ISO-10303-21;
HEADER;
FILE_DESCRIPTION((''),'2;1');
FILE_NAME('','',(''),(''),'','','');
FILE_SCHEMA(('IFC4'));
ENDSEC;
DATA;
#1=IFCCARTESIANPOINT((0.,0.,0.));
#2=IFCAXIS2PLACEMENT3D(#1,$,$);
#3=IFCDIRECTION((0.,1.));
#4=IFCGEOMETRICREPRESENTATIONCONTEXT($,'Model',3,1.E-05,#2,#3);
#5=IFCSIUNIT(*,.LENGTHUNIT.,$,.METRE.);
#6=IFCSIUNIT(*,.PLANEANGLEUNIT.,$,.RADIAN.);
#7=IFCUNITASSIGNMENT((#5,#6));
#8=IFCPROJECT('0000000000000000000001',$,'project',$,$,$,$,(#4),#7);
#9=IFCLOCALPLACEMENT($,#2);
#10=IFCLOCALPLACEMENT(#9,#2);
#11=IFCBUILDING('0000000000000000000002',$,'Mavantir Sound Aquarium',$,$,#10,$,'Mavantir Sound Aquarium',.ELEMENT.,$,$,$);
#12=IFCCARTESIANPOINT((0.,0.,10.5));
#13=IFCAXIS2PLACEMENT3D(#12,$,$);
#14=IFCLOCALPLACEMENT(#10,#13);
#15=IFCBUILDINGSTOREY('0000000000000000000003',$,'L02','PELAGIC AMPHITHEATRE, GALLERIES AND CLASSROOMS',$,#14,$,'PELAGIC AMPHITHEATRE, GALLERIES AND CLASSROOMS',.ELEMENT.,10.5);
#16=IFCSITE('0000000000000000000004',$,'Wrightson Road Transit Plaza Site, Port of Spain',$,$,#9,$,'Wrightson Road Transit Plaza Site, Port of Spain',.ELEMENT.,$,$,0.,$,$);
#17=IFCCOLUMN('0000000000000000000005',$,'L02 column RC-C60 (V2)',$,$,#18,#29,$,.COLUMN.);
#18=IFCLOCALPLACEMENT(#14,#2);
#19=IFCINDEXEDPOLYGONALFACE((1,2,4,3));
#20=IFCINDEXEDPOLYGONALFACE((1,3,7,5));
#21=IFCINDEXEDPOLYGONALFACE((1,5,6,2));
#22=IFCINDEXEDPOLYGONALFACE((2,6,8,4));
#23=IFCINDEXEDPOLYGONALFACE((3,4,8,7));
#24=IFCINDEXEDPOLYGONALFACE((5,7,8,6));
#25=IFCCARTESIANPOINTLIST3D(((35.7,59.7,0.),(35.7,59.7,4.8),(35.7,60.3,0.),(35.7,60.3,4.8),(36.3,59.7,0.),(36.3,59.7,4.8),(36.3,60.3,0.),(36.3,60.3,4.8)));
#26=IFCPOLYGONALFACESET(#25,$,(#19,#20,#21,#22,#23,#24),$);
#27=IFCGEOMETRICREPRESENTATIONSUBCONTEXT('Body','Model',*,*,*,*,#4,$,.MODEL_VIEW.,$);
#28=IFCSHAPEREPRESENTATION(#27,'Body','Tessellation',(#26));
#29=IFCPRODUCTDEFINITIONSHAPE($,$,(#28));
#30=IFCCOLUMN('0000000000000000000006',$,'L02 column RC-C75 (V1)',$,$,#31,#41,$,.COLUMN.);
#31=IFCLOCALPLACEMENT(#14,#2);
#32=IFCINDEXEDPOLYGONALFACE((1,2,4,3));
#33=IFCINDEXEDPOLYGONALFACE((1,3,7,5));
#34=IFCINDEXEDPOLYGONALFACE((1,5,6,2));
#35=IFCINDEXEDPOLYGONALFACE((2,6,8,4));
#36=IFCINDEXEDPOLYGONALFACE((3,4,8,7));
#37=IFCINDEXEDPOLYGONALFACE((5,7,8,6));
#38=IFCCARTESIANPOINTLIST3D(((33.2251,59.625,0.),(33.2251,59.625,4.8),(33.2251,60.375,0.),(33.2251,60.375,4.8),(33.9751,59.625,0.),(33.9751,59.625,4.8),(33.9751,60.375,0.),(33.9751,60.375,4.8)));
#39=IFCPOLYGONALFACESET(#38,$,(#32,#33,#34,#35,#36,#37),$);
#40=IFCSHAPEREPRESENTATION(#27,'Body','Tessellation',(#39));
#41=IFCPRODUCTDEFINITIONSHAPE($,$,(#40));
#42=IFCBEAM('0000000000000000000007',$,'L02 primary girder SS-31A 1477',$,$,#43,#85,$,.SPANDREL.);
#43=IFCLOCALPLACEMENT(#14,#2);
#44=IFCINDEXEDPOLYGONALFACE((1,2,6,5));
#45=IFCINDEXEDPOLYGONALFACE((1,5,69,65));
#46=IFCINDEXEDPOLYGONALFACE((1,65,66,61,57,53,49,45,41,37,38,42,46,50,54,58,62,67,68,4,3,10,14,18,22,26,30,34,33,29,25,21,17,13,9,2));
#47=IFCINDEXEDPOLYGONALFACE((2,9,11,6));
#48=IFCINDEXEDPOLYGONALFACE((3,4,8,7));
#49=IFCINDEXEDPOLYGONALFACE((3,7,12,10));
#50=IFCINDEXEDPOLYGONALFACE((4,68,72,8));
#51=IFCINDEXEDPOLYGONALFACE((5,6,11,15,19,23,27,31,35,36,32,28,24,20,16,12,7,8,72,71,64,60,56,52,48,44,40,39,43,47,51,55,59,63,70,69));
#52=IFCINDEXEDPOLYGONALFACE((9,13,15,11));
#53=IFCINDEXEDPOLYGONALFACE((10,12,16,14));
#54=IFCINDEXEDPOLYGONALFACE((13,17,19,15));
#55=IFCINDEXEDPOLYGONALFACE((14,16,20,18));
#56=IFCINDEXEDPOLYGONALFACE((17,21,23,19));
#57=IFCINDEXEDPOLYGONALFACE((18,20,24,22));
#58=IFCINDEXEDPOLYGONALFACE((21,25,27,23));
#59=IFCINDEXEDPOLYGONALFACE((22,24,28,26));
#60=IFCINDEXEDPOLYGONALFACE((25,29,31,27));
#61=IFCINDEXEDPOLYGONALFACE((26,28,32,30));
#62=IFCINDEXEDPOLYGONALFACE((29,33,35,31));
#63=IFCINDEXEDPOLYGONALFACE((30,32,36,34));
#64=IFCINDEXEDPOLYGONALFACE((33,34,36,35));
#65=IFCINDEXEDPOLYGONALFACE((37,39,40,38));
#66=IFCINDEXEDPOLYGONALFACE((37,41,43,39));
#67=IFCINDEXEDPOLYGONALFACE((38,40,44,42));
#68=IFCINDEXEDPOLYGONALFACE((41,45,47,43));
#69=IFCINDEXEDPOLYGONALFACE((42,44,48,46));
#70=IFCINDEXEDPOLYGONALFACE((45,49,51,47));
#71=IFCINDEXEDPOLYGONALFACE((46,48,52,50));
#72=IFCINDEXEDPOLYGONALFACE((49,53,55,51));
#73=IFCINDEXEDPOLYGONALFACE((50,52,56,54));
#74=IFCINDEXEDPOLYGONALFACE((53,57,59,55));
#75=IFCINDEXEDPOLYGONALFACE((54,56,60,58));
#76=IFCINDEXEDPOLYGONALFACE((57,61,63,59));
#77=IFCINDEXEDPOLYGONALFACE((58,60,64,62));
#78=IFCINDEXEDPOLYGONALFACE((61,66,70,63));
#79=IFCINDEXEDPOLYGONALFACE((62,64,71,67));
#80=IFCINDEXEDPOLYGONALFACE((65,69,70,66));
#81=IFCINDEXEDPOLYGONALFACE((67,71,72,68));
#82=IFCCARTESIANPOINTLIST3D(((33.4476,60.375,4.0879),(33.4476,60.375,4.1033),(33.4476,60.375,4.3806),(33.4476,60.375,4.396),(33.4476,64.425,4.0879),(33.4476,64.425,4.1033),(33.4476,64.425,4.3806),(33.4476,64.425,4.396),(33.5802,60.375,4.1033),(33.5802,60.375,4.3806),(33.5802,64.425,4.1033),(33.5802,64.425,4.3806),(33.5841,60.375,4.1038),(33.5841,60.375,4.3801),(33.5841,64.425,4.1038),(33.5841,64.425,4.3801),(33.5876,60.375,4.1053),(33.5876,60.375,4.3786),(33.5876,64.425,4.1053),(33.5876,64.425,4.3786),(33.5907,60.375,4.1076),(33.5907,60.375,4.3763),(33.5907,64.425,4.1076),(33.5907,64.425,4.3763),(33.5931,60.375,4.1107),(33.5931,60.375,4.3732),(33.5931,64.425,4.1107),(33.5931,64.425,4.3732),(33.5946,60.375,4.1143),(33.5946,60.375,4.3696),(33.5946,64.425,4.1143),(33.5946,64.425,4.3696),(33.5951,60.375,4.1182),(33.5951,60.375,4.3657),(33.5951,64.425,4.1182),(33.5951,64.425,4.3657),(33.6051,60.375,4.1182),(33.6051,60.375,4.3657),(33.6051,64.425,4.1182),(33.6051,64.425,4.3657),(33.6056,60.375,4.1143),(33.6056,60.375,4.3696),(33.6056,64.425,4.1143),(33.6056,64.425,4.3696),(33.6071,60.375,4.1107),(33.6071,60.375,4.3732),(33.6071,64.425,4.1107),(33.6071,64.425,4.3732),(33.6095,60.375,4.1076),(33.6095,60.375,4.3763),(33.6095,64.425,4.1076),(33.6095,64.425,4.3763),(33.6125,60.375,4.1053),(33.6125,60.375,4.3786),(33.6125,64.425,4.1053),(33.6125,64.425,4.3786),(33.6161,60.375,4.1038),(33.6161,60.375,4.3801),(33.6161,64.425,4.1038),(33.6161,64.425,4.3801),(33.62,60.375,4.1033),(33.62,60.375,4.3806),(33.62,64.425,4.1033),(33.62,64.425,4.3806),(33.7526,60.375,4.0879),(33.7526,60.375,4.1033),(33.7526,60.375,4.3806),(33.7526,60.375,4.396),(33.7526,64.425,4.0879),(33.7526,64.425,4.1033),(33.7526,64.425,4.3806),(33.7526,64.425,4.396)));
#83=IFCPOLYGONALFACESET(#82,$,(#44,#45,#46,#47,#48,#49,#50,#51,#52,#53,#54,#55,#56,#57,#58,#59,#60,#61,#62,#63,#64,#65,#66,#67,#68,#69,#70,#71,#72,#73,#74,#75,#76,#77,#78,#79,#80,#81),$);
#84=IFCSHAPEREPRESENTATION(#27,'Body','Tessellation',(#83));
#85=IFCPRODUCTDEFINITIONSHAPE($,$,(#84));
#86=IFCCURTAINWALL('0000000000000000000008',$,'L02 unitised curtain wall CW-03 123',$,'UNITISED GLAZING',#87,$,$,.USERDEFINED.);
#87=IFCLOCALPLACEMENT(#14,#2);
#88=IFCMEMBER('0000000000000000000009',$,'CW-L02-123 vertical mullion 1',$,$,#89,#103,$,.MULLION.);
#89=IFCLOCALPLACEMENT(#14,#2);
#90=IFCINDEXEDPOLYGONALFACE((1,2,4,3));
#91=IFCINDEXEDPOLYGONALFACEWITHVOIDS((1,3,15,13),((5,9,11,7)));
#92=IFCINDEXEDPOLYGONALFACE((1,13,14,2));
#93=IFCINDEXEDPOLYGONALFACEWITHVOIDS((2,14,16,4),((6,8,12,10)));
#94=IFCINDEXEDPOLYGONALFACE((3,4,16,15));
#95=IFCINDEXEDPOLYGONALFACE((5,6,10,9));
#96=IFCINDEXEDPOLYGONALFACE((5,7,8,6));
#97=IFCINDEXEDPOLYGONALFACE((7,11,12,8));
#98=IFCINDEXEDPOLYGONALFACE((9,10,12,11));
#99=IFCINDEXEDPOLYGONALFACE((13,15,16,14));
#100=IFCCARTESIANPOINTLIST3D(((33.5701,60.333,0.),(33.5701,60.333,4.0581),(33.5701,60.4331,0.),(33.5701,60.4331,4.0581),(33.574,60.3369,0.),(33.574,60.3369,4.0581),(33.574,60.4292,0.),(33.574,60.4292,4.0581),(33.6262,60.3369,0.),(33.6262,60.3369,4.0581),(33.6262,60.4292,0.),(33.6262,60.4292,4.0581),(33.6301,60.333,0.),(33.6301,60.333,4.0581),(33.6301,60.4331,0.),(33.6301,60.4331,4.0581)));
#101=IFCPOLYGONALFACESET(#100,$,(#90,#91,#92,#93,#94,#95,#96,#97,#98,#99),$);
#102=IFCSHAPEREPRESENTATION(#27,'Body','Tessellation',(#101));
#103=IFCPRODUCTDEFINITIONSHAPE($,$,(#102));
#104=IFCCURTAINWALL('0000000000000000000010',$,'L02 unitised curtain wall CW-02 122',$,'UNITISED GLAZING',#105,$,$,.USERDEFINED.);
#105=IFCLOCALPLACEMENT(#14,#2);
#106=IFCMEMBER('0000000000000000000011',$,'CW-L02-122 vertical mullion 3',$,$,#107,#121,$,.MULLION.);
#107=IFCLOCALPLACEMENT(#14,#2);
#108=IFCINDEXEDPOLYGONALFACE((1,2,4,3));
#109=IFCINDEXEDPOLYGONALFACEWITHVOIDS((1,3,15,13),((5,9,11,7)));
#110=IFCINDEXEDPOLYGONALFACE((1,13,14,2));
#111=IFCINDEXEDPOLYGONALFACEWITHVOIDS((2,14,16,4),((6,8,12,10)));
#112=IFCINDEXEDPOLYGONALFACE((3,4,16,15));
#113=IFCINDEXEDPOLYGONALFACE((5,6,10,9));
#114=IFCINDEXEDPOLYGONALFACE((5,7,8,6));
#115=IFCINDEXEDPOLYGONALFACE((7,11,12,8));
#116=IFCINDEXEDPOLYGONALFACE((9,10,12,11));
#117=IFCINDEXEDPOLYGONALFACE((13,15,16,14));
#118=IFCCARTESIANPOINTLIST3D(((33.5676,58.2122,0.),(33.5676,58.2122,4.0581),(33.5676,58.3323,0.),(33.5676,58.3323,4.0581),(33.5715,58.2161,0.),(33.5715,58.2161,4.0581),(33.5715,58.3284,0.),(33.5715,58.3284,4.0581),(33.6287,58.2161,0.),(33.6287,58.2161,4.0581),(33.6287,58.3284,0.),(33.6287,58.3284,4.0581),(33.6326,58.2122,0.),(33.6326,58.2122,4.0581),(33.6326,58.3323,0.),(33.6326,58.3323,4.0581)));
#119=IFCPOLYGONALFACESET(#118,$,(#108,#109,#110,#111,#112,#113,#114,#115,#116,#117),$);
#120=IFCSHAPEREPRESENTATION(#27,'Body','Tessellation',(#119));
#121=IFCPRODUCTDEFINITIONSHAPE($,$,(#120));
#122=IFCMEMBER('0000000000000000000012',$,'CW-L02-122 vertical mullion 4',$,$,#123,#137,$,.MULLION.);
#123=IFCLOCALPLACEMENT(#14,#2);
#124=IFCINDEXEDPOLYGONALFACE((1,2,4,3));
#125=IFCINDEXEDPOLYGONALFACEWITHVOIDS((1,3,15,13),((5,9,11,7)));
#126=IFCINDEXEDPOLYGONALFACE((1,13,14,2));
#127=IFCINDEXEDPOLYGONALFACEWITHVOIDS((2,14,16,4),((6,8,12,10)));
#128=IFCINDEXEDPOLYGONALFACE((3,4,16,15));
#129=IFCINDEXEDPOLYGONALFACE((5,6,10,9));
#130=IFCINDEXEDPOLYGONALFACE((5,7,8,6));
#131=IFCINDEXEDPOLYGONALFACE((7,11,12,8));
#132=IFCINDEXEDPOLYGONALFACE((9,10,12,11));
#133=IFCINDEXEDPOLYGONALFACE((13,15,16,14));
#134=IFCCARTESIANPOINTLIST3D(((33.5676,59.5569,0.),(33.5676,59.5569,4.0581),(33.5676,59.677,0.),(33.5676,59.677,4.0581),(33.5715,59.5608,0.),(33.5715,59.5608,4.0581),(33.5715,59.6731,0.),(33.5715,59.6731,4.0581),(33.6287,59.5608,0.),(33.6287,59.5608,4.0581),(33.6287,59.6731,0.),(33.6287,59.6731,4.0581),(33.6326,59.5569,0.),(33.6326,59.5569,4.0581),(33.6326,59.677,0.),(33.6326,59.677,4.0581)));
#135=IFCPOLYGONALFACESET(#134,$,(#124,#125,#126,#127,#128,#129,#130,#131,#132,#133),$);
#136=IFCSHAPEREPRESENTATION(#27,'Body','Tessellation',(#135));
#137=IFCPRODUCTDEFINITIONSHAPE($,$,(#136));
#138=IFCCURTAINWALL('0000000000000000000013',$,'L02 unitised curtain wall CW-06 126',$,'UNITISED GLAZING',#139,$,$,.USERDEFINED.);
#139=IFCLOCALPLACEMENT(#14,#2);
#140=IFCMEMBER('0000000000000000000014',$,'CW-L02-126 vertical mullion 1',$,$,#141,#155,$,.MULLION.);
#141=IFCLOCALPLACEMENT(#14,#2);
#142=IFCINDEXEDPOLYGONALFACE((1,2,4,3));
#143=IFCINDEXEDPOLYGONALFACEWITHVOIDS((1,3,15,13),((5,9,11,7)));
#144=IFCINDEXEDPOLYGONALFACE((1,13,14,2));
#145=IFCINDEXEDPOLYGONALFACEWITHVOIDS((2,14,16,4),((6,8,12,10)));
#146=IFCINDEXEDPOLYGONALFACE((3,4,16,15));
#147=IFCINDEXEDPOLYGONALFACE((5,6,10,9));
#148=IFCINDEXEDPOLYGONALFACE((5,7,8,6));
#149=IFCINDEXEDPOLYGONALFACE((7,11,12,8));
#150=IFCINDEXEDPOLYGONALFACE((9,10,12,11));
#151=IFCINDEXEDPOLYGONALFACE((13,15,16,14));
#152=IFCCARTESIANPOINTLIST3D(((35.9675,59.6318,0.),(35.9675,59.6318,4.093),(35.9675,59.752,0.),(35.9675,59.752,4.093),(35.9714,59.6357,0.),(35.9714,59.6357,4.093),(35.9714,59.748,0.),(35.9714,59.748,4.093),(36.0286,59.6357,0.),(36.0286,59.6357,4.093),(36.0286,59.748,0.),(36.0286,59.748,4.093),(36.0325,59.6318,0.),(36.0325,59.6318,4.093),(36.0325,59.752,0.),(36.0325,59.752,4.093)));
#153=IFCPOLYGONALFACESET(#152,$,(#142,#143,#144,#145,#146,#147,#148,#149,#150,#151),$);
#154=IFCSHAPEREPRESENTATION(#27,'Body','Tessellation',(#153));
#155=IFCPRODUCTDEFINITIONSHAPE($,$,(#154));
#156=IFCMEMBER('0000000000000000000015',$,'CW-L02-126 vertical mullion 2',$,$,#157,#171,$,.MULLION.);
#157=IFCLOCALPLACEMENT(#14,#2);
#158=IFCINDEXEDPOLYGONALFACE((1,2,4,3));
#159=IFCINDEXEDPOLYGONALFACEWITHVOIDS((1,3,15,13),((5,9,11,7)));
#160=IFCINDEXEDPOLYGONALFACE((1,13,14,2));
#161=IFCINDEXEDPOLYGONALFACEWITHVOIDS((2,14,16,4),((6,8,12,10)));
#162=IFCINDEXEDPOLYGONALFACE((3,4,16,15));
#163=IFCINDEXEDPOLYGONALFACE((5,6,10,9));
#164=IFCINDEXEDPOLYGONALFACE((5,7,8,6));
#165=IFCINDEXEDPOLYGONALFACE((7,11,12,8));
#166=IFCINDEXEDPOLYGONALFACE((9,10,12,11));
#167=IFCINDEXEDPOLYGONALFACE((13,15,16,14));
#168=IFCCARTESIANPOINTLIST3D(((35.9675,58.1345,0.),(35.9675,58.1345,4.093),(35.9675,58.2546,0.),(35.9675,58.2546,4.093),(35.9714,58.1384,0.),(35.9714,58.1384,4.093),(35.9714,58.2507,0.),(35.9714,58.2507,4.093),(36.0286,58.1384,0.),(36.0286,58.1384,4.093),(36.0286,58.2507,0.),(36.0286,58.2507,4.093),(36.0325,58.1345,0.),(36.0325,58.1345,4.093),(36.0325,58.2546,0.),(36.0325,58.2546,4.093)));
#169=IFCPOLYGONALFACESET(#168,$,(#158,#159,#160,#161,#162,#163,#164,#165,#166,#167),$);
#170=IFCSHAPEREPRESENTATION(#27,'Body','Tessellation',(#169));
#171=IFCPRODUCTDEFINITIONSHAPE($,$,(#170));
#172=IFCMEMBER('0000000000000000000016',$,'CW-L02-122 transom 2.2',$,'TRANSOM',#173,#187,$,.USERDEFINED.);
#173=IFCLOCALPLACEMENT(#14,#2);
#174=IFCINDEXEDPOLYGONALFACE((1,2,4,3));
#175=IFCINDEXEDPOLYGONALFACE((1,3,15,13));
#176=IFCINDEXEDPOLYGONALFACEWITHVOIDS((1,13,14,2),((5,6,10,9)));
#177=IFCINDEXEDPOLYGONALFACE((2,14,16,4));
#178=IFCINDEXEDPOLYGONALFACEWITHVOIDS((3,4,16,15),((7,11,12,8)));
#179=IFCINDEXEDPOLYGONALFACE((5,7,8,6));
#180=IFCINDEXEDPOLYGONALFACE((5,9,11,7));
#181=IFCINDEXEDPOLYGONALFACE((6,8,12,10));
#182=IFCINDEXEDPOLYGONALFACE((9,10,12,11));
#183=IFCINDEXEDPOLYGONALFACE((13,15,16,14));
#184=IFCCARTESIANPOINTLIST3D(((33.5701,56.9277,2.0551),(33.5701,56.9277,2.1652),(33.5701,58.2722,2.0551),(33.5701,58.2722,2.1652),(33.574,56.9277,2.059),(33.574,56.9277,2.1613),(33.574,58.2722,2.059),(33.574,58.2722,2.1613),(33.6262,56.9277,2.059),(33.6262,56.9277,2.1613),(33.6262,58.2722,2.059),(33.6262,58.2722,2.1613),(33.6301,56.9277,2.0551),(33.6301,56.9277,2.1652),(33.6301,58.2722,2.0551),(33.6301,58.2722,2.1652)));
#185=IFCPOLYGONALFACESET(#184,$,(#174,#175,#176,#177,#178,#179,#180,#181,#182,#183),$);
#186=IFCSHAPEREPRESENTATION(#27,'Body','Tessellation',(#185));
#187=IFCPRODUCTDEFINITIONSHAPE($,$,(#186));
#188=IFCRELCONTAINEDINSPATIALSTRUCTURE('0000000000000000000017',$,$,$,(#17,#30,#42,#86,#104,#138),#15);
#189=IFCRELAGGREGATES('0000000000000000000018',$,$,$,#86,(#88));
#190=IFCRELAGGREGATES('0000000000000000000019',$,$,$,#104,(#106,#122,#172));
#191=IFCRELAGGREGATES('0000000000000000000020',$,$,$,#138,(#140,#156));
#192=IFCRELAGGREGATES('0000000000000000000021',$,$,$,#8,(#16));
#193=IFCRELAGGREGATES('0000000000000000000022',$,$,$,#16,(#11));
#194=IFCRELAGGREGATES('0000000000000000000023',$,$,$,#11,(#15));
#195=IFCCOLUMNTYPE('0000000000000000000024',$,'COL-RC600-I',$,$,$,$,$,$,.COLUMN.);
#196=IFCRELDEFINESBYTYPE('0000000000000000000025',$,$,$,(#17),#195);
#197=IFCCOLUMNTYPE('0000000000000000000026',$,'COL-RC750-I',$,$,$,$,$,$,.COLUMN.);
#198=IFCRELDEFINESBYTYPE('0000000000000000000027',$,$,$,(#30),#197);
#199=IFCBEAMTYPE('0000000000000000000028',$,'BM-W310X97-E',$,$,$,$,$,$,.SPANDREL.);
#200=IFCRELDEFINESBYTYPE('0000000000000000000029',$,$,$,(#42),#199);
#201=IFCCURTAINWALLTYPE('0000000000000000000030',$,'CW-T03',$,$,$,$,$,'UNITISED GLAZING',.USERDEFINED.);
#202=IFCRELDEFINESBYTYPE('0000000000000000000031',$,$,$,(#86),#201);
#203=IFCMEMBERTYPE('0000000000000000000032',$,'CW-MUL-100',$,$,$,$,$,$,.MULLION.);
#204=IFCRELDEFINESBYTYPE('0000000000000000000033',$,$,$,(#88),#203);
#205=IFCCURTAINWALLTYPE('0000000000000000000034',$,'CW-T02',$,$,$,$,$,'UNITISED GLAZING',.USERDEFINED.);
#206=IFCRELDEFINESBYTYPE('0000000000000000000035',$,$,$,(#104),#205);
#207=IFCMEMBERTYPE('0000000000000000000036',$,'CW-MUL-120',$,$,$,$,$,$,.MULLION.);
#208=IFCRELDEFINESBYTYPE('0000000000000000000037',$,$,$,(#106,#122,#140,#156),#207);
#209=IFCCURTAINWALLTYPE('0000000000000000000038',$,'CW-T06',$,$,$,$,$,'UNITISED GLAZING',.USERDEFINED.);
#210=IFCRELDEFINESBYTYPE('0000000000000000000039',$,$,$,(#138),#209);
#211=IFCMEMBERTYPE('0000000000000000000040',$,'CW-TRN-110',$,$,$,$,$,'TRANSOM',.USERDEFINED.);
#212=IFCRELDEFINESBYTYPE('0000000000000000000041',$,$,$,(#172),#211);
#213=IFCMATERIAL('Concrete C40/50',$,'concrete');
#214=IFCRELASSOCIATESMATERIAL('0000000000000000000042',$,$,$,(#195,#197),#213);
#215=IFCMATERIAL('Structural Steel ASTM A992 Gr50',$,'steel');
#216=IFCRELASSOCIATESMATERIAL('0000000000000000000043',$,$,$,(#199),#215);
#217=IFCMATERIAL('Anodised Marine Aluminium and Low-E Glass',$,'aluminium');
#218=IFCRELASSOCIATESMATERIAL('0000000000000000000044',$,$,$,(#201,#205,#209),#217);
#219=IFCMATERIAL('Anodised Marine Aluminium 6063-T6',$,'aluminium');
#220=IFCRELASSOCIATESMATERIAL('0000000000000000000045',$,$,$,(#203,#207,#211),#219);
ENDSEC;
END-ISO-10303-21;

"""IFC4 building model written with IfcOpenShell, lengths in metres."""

from ifc_helpers import new_model, si_unit, direction, frame, origin, origin_2d, place, context, subcontext, project, spatial, rectangle, hollow_rectangle, i_section, extrude, material, material_profile, profile_set, type_object, element, aggregate, save


model = new_model("IFC4")

# Units and contexts
model_context = context("Model", 3, precision=1e-05, world=origin(), true_north=direction((0.0, 1.0)))
body_context = subcontext(model_context, "Body", "Model", "MODEL_VIEW")
ifc_project = project(units=[si_unit("LENGTHUNIT", "METRE"), si_unit("PLANEANGLEUNIT", "RADIAN")], contexts=[model_context])

# Site, building, storey
site_placement = place(None, origin())
site = spatial("IfcSite", under=ifc_project, at=site_placement, Name="Wrightson Road Transit Plaza Site, Port of Spain", LongName="Wrightson Road Transit Plaza Site, Port of Spain", CompositionType="ELEMENT", RefElevation=0.0)
building_placement = place(site_placement, origin())
building = spatial("IfcBuilding", under=site, at=building_placement, Name="Mavantir Sound Aquarium", LongName="Mavantir Sound Aquarium", CompositionType="ELEMENT")
storey_placement = place(building_placement, frame((0.0, 0.0, 10.5)))
storey = spatial("IfcBuildingStorey", under=building, at=storey_placement, Name="L02", Description="PELAGIC AMPHITHEATRE, GALLERIES AND CLASSROOMS", LongName="PELAGIC AMPHITHEATRE, GALLERIES AND CLASSROOMS", CompositionType="ELEMENT", Elevation=10.5)

# Columns
ifc_material_1 = material(Name="Concrete C40/50", Category="concrete")
ifc_material_profile_1 = material_profile(ifc_material_1, rectangle(XDim=0.6001, YDim=0.6001, at=origin_2d()), Name="RC 600X600")
ifc_profile_set_1 = profile_set([ifc_material_profile_1], Name="Concrete C40/50")
column_type_1 = type_object("IfcColumnType", Name="COL-RC600-I", PredefinedType="COLUMN", material=ifc_profile_set_1)
column_1_placement = place(storey_placement, frame((36.0, 60.0, 0.0), z_axis=(0.0, 0.0, 1.0), x_axis=(1.0, 0.0, 0.0)))
element("IfcColumn", 1, at=column_1_placement, inside=storey, type_object=column_type_1, Name="L02 column RC-C60 (V2)", PredefinedType="COLUMN", context=body_context, shape_type="SweptSolid", body=[
    extrude(rectangle(XDim=0.6001, YDim=0.6001, at=origin_2d()), origin(), (0.0, 0.0, 1.0), 4.8),
])
ifc_material_profile_2 = material_profile(ifc_material_1, rectangle(XDim=0.75, YDim=0.75, at=origin_2d()), Name="RC 750X750")
ifc_profile_set_2 = profile_set([ifc_material_profile_2], Name="Concrete C40/50")
column_type_2 = type_object("IfcColumnType", Name="COL-RC750-I", PredefinedType="COLUMN", material=ifc_profile_set_2)
column_2_placement = place(storey_placement, frame((33.6001, 60.0, 0.0), z_axis=(0.0, 0.0, 1.0), x_axis=(1.0, 0.0, 0.0)))
element("IfcColumn", 2, at=column_2_placement, inside=storey, type_object=column_type_2, Name="L02 column RC-C75 (V1)", PredefinedType="COLUMN", context=body_context, shape_type="SweptSolid", body=[
    extrude(rectangle(XDim=0.75, YDim=0.75, at=origin_2d()), origin(), (0.0, 0.0, 1.0), 4.8),
])

# Beam
ifc_material_2 = material(Name="Structural Steel ASTM A992 Gr50", Category="steel")
ifc_material_profile_3 = material_profile(ifc_material_2, i_section(OverallWidth=0.3049, OverallDepth=0.3081, WebThickness=0.01, FlangeThickness=0.0154, FilletRadius=0.0149, at=origin_2d()), Name="W310X97")
ifc_profile_set_3 = profile_set([ifc_material_profile_3], Name="Structural Steel ASTM A992 Gr50")
beam_type = type_object("IfcBeamType", Name="BM-W310X97-E", PredefinedType="SPANDREL", material=ifc_profile_set_3)
beam_placement = place(storey_placement, frame((33.6001, 60.375, 4.2419), z_axis=(0.0, 1.0, 0.0), x_axis=(-1.0, 0.0, 0.0)))
element("IfcBeam", 3, at=beam_placement, inside=storey, type_object=beam_type, Name="L02 primary girder SS-31A 1477", PredefinedType="SPANDREL", context=body_context, shape_type="SweptSolid", body=[
    extrude(i_section(OverallWidth=0.3049, OverallDepth=0.3081, WebThickness=0.01, FlangeThickness=0.0154, FilletRadius=0.0149, at=origin_2d()), origin(), (0.0, 0.0, 1.0), 4.05),
])

# Curtain wall, member
ifc_material_3 = material(Name="Anodised Marine Aluminium and Low-E Glass", Category="aluminium")
curtain_wall_type_1 = type_object("IfcCurtainWallType", Name="CW-T03", ElementType="UNITISED GLAZING", PredefinedType="USERDEFINED", material=ifc_material_3)
curtain_wall_1_placement = place(storey_placement, origin())
curtain_wall_1 = element("IfcCurtainWall", 4, at=curtain_wall_1_placement, inside=storey, type_object=curtain_wall_type_1, Name="L02 unitised curtain wall CW-03 123", ObjectType="UNITISED GLAZING", PredefinedType="USERDEFINED")
ifc_material_4 = material(Name="Anodised Marine Aluminium 6063-T6", Category="aluminium")
ifc_material_profile_4 = material_profile(ifc_material_4, hollow_rectangle(XDim=0.0601, YDim=0.1001, WallThickness=0.0039, at=origin_2d()), Name="ALU-MULLION-100X60")
ifc_profile_set_4 = profile_set([ifc_material_profile_4], Name="Anodised Marine Aluminium 6063-T6")
member_type_1 = type_object("IfcMemberType", Name="CW-MUL-100", PredefinedType="MULLION", material=ifc_profile_set_4)
member_1_placement = place(storey_placement, frame((33.6001, 60.3831, 0.0), z_axis=(0.0, 0.0, 1.0), x_axis=(1.0, 0.0, 0.0)))
member_1 = element("IfcMember", 5, at=member_1_placement, type_object=member_type_1, Name="CW-L02-123 vertical mullion 1", PredefinedType="MULLION", context=body_context, shape_type="SweptSolid", body=[
    extrude(hollow_rectangle(XDim=0.0601, YDim=0.1001, WallThickness=0.0039, at=origin_2d()), origin(), (0.0, 0.0, 1.0), 4.0581),
])
aggregate(curtain_wall_1, [member_1])

# Curtain walls, members
curtain_wall_type_2 = type_object("IfcCurtainWallType", Name="CW-T02", ElementType="UNITISED GLAZING", PredefinedType="USERDEFINED", material=ifc_material_3)
curtain_wall_2_placement = place(storey_placement, origin())
curtain_wall_2 = element("IfcCurtainWall", 6, at=curtain_wall_2_placement, inside=storey, type_object=curtain_wall_type_2, Name="L02 unitised curtain wall CW-02 122", ObjectType="UNITISED GLAZING", PredefinedType="USERDEFINED")
ifc_material_profile_5 = material_profile(ifc_material_4, hollow_rectangle(XDim=0.0649, YDim=0.1201, WallThickness=0.0039, at=origin_2d()), Name="ALU-MULLION-120X65")
ifc_profile_set_5 = profile_set([ifc_material_profile_5], Name="Anodised Marine Aluminium 6063-T6")
member_type_2 = type_object("IfcMemberType", Name="CW-MUL-120", PredefinedType="MULLION", material=ifc_profile_set_5)
member_2_placement = place(storey_placement, frame((33.6001, 58.2722, 0.0), z_axis=(0.0, 0.0, 1.0), x_axis=(1.0, 0.0, 0.0)))
member_2 = element("IfcMember", 7, at=member_2_placement, type_object=member_type_2, Name="CW-L02-122 vertical mullion 3", PredefinedType="MULLION", context=body_context, shape_type="SweptSolid", body=[
    extrude(hollow_rectangle(XDim=0.0649, YDim=0.1201, WallThickness=0.0039, at=origin_2d()), origin(), (0.0, 0.0, 1.0), 4.0581),
])
member_3_placement = place(storey_placement, frame((33.6001, 59.6169, 0.0), z_axis=(0.0, 0.0, 1.0), x_axis=(1.0, 0.0, 0.0)))
member_3 = element("IfcMember", 8, at=member_3_placement, type_object=member_type_2, Name="CW-L02-122 vertical mullion 4", PredefinedType="MULLION", context=body_context, shape_type="SweptSolid", body=[
    extrude(hollow_rectangle(XDim=0.0649, YDim=0.1201, WallThickness=0.0039, at=origin_2d()), origin(), (0.0, 0.0, 1.0), 4.0581),
])
curtain_wall_type_3 = type_object("IfcCurtainWallType", Name="CW-T06", ElementType="UNITISED GLAZING", PredefinedType="USERDEFINED", material=ifc_material_3)
curtain_wall_3_placement = place(storey_placement, origin())
curtain_wall_3 = element("IfcCurtainWall", 9, at=curtain_wall_3_placement, inside=storey, type_object=curtain_wall_type_3, Name="L02 unitised curtain wall CW-06 126", ObjectType="UNITISED GLAZING", PredefinedType="USERDEFINED")
member_4_placement = place(storey_placement, frame((36.0, 59.6919, 0.0), z_axis=(0.0, 0.0, 1.0), x_axis=(1.0, 0.0, 0.0)))
member_4 = element("IfcMember", 10, at=member_4_placement, type_object=member_type_2, Name="CW-L02-126 vertical mullion 1", PredefinedType="MULLION", context=body_context, shape_type="SweptSolid", body=[
    extrude(hollow_rectangle(XDim=0.0649, YDim=0.1201, WallThickness=0.0039, at=origin_2d()), origin(), (0.0, 0.0, 1.0), 4.093),
])
member_5_placement = place(storey_placement, frame((36.0, 58.1946, 0.0), z_axis=(0.0, 0.0, 1.0), x_axis=(1.0, 0.0, 0.0)))
member_5 = element("IfcMember", 11, at=member_5_placement, type_object=member_type_2, Name="CW-L02-126 vertical mullion 2", PredefinedType="MULLION", context=body_context, shape_type="SweptSolid", body=[
    extrude(hollow_rectangle(XDim=0.0649, YDim=0.1201, WallThickness=0.0039, at=origin_2d()), origin(), (0.0, 0.0, 1.0), 4.093),
])

# Member
ifc_material_profile_6 = material_profile(ifc_material_4, hollow_rectangle(XDim=0.0601, YDim=0.1101, WallThickness=0.0039, at=origin_2d()), Name="ALU-TRANSOM-110X60")
ifc_profile_set_6 = profile_set([ifc_material_profile_6], Name="Anodised Marine Aluminium 6063-T6")
member_type_3 = type_object("IfcMemberType", Name="CW-TRN-110", ElementType="TRANSOM", PredefinedType="USERDEFINED", material=ifc_profile_set_6)
member_6_placement = place(storey_placement, frame((33.6001, 56.9277, 2.1101), z_axis=(0.0, 1.0, 0.0), x_axis=(-1.0, 0.0, 0.0)))
member_6 = element("IfcMember", 12, at=member_6_placement, type_object=member_type_3, Name="CW-L02-122 transom 2.2", ObjectType="TRANSOM", PredefinedType="USERDEFINED", context=body_context, shape_type="SweptSolid", body=[
    extrude(hollow_rectangle(XDim=0.0601, YDim=0.1101, WallThickness=0.0039, at=origin_2d()), origin(), (0.0, 0.0, 1.0), 1.3445),
])

aggregate(curtain_wall_2, [member_2, member_3, member_6])
aggregate(curtain_wall_3, [member_4, member_5])

save(model, "model.ifc")
